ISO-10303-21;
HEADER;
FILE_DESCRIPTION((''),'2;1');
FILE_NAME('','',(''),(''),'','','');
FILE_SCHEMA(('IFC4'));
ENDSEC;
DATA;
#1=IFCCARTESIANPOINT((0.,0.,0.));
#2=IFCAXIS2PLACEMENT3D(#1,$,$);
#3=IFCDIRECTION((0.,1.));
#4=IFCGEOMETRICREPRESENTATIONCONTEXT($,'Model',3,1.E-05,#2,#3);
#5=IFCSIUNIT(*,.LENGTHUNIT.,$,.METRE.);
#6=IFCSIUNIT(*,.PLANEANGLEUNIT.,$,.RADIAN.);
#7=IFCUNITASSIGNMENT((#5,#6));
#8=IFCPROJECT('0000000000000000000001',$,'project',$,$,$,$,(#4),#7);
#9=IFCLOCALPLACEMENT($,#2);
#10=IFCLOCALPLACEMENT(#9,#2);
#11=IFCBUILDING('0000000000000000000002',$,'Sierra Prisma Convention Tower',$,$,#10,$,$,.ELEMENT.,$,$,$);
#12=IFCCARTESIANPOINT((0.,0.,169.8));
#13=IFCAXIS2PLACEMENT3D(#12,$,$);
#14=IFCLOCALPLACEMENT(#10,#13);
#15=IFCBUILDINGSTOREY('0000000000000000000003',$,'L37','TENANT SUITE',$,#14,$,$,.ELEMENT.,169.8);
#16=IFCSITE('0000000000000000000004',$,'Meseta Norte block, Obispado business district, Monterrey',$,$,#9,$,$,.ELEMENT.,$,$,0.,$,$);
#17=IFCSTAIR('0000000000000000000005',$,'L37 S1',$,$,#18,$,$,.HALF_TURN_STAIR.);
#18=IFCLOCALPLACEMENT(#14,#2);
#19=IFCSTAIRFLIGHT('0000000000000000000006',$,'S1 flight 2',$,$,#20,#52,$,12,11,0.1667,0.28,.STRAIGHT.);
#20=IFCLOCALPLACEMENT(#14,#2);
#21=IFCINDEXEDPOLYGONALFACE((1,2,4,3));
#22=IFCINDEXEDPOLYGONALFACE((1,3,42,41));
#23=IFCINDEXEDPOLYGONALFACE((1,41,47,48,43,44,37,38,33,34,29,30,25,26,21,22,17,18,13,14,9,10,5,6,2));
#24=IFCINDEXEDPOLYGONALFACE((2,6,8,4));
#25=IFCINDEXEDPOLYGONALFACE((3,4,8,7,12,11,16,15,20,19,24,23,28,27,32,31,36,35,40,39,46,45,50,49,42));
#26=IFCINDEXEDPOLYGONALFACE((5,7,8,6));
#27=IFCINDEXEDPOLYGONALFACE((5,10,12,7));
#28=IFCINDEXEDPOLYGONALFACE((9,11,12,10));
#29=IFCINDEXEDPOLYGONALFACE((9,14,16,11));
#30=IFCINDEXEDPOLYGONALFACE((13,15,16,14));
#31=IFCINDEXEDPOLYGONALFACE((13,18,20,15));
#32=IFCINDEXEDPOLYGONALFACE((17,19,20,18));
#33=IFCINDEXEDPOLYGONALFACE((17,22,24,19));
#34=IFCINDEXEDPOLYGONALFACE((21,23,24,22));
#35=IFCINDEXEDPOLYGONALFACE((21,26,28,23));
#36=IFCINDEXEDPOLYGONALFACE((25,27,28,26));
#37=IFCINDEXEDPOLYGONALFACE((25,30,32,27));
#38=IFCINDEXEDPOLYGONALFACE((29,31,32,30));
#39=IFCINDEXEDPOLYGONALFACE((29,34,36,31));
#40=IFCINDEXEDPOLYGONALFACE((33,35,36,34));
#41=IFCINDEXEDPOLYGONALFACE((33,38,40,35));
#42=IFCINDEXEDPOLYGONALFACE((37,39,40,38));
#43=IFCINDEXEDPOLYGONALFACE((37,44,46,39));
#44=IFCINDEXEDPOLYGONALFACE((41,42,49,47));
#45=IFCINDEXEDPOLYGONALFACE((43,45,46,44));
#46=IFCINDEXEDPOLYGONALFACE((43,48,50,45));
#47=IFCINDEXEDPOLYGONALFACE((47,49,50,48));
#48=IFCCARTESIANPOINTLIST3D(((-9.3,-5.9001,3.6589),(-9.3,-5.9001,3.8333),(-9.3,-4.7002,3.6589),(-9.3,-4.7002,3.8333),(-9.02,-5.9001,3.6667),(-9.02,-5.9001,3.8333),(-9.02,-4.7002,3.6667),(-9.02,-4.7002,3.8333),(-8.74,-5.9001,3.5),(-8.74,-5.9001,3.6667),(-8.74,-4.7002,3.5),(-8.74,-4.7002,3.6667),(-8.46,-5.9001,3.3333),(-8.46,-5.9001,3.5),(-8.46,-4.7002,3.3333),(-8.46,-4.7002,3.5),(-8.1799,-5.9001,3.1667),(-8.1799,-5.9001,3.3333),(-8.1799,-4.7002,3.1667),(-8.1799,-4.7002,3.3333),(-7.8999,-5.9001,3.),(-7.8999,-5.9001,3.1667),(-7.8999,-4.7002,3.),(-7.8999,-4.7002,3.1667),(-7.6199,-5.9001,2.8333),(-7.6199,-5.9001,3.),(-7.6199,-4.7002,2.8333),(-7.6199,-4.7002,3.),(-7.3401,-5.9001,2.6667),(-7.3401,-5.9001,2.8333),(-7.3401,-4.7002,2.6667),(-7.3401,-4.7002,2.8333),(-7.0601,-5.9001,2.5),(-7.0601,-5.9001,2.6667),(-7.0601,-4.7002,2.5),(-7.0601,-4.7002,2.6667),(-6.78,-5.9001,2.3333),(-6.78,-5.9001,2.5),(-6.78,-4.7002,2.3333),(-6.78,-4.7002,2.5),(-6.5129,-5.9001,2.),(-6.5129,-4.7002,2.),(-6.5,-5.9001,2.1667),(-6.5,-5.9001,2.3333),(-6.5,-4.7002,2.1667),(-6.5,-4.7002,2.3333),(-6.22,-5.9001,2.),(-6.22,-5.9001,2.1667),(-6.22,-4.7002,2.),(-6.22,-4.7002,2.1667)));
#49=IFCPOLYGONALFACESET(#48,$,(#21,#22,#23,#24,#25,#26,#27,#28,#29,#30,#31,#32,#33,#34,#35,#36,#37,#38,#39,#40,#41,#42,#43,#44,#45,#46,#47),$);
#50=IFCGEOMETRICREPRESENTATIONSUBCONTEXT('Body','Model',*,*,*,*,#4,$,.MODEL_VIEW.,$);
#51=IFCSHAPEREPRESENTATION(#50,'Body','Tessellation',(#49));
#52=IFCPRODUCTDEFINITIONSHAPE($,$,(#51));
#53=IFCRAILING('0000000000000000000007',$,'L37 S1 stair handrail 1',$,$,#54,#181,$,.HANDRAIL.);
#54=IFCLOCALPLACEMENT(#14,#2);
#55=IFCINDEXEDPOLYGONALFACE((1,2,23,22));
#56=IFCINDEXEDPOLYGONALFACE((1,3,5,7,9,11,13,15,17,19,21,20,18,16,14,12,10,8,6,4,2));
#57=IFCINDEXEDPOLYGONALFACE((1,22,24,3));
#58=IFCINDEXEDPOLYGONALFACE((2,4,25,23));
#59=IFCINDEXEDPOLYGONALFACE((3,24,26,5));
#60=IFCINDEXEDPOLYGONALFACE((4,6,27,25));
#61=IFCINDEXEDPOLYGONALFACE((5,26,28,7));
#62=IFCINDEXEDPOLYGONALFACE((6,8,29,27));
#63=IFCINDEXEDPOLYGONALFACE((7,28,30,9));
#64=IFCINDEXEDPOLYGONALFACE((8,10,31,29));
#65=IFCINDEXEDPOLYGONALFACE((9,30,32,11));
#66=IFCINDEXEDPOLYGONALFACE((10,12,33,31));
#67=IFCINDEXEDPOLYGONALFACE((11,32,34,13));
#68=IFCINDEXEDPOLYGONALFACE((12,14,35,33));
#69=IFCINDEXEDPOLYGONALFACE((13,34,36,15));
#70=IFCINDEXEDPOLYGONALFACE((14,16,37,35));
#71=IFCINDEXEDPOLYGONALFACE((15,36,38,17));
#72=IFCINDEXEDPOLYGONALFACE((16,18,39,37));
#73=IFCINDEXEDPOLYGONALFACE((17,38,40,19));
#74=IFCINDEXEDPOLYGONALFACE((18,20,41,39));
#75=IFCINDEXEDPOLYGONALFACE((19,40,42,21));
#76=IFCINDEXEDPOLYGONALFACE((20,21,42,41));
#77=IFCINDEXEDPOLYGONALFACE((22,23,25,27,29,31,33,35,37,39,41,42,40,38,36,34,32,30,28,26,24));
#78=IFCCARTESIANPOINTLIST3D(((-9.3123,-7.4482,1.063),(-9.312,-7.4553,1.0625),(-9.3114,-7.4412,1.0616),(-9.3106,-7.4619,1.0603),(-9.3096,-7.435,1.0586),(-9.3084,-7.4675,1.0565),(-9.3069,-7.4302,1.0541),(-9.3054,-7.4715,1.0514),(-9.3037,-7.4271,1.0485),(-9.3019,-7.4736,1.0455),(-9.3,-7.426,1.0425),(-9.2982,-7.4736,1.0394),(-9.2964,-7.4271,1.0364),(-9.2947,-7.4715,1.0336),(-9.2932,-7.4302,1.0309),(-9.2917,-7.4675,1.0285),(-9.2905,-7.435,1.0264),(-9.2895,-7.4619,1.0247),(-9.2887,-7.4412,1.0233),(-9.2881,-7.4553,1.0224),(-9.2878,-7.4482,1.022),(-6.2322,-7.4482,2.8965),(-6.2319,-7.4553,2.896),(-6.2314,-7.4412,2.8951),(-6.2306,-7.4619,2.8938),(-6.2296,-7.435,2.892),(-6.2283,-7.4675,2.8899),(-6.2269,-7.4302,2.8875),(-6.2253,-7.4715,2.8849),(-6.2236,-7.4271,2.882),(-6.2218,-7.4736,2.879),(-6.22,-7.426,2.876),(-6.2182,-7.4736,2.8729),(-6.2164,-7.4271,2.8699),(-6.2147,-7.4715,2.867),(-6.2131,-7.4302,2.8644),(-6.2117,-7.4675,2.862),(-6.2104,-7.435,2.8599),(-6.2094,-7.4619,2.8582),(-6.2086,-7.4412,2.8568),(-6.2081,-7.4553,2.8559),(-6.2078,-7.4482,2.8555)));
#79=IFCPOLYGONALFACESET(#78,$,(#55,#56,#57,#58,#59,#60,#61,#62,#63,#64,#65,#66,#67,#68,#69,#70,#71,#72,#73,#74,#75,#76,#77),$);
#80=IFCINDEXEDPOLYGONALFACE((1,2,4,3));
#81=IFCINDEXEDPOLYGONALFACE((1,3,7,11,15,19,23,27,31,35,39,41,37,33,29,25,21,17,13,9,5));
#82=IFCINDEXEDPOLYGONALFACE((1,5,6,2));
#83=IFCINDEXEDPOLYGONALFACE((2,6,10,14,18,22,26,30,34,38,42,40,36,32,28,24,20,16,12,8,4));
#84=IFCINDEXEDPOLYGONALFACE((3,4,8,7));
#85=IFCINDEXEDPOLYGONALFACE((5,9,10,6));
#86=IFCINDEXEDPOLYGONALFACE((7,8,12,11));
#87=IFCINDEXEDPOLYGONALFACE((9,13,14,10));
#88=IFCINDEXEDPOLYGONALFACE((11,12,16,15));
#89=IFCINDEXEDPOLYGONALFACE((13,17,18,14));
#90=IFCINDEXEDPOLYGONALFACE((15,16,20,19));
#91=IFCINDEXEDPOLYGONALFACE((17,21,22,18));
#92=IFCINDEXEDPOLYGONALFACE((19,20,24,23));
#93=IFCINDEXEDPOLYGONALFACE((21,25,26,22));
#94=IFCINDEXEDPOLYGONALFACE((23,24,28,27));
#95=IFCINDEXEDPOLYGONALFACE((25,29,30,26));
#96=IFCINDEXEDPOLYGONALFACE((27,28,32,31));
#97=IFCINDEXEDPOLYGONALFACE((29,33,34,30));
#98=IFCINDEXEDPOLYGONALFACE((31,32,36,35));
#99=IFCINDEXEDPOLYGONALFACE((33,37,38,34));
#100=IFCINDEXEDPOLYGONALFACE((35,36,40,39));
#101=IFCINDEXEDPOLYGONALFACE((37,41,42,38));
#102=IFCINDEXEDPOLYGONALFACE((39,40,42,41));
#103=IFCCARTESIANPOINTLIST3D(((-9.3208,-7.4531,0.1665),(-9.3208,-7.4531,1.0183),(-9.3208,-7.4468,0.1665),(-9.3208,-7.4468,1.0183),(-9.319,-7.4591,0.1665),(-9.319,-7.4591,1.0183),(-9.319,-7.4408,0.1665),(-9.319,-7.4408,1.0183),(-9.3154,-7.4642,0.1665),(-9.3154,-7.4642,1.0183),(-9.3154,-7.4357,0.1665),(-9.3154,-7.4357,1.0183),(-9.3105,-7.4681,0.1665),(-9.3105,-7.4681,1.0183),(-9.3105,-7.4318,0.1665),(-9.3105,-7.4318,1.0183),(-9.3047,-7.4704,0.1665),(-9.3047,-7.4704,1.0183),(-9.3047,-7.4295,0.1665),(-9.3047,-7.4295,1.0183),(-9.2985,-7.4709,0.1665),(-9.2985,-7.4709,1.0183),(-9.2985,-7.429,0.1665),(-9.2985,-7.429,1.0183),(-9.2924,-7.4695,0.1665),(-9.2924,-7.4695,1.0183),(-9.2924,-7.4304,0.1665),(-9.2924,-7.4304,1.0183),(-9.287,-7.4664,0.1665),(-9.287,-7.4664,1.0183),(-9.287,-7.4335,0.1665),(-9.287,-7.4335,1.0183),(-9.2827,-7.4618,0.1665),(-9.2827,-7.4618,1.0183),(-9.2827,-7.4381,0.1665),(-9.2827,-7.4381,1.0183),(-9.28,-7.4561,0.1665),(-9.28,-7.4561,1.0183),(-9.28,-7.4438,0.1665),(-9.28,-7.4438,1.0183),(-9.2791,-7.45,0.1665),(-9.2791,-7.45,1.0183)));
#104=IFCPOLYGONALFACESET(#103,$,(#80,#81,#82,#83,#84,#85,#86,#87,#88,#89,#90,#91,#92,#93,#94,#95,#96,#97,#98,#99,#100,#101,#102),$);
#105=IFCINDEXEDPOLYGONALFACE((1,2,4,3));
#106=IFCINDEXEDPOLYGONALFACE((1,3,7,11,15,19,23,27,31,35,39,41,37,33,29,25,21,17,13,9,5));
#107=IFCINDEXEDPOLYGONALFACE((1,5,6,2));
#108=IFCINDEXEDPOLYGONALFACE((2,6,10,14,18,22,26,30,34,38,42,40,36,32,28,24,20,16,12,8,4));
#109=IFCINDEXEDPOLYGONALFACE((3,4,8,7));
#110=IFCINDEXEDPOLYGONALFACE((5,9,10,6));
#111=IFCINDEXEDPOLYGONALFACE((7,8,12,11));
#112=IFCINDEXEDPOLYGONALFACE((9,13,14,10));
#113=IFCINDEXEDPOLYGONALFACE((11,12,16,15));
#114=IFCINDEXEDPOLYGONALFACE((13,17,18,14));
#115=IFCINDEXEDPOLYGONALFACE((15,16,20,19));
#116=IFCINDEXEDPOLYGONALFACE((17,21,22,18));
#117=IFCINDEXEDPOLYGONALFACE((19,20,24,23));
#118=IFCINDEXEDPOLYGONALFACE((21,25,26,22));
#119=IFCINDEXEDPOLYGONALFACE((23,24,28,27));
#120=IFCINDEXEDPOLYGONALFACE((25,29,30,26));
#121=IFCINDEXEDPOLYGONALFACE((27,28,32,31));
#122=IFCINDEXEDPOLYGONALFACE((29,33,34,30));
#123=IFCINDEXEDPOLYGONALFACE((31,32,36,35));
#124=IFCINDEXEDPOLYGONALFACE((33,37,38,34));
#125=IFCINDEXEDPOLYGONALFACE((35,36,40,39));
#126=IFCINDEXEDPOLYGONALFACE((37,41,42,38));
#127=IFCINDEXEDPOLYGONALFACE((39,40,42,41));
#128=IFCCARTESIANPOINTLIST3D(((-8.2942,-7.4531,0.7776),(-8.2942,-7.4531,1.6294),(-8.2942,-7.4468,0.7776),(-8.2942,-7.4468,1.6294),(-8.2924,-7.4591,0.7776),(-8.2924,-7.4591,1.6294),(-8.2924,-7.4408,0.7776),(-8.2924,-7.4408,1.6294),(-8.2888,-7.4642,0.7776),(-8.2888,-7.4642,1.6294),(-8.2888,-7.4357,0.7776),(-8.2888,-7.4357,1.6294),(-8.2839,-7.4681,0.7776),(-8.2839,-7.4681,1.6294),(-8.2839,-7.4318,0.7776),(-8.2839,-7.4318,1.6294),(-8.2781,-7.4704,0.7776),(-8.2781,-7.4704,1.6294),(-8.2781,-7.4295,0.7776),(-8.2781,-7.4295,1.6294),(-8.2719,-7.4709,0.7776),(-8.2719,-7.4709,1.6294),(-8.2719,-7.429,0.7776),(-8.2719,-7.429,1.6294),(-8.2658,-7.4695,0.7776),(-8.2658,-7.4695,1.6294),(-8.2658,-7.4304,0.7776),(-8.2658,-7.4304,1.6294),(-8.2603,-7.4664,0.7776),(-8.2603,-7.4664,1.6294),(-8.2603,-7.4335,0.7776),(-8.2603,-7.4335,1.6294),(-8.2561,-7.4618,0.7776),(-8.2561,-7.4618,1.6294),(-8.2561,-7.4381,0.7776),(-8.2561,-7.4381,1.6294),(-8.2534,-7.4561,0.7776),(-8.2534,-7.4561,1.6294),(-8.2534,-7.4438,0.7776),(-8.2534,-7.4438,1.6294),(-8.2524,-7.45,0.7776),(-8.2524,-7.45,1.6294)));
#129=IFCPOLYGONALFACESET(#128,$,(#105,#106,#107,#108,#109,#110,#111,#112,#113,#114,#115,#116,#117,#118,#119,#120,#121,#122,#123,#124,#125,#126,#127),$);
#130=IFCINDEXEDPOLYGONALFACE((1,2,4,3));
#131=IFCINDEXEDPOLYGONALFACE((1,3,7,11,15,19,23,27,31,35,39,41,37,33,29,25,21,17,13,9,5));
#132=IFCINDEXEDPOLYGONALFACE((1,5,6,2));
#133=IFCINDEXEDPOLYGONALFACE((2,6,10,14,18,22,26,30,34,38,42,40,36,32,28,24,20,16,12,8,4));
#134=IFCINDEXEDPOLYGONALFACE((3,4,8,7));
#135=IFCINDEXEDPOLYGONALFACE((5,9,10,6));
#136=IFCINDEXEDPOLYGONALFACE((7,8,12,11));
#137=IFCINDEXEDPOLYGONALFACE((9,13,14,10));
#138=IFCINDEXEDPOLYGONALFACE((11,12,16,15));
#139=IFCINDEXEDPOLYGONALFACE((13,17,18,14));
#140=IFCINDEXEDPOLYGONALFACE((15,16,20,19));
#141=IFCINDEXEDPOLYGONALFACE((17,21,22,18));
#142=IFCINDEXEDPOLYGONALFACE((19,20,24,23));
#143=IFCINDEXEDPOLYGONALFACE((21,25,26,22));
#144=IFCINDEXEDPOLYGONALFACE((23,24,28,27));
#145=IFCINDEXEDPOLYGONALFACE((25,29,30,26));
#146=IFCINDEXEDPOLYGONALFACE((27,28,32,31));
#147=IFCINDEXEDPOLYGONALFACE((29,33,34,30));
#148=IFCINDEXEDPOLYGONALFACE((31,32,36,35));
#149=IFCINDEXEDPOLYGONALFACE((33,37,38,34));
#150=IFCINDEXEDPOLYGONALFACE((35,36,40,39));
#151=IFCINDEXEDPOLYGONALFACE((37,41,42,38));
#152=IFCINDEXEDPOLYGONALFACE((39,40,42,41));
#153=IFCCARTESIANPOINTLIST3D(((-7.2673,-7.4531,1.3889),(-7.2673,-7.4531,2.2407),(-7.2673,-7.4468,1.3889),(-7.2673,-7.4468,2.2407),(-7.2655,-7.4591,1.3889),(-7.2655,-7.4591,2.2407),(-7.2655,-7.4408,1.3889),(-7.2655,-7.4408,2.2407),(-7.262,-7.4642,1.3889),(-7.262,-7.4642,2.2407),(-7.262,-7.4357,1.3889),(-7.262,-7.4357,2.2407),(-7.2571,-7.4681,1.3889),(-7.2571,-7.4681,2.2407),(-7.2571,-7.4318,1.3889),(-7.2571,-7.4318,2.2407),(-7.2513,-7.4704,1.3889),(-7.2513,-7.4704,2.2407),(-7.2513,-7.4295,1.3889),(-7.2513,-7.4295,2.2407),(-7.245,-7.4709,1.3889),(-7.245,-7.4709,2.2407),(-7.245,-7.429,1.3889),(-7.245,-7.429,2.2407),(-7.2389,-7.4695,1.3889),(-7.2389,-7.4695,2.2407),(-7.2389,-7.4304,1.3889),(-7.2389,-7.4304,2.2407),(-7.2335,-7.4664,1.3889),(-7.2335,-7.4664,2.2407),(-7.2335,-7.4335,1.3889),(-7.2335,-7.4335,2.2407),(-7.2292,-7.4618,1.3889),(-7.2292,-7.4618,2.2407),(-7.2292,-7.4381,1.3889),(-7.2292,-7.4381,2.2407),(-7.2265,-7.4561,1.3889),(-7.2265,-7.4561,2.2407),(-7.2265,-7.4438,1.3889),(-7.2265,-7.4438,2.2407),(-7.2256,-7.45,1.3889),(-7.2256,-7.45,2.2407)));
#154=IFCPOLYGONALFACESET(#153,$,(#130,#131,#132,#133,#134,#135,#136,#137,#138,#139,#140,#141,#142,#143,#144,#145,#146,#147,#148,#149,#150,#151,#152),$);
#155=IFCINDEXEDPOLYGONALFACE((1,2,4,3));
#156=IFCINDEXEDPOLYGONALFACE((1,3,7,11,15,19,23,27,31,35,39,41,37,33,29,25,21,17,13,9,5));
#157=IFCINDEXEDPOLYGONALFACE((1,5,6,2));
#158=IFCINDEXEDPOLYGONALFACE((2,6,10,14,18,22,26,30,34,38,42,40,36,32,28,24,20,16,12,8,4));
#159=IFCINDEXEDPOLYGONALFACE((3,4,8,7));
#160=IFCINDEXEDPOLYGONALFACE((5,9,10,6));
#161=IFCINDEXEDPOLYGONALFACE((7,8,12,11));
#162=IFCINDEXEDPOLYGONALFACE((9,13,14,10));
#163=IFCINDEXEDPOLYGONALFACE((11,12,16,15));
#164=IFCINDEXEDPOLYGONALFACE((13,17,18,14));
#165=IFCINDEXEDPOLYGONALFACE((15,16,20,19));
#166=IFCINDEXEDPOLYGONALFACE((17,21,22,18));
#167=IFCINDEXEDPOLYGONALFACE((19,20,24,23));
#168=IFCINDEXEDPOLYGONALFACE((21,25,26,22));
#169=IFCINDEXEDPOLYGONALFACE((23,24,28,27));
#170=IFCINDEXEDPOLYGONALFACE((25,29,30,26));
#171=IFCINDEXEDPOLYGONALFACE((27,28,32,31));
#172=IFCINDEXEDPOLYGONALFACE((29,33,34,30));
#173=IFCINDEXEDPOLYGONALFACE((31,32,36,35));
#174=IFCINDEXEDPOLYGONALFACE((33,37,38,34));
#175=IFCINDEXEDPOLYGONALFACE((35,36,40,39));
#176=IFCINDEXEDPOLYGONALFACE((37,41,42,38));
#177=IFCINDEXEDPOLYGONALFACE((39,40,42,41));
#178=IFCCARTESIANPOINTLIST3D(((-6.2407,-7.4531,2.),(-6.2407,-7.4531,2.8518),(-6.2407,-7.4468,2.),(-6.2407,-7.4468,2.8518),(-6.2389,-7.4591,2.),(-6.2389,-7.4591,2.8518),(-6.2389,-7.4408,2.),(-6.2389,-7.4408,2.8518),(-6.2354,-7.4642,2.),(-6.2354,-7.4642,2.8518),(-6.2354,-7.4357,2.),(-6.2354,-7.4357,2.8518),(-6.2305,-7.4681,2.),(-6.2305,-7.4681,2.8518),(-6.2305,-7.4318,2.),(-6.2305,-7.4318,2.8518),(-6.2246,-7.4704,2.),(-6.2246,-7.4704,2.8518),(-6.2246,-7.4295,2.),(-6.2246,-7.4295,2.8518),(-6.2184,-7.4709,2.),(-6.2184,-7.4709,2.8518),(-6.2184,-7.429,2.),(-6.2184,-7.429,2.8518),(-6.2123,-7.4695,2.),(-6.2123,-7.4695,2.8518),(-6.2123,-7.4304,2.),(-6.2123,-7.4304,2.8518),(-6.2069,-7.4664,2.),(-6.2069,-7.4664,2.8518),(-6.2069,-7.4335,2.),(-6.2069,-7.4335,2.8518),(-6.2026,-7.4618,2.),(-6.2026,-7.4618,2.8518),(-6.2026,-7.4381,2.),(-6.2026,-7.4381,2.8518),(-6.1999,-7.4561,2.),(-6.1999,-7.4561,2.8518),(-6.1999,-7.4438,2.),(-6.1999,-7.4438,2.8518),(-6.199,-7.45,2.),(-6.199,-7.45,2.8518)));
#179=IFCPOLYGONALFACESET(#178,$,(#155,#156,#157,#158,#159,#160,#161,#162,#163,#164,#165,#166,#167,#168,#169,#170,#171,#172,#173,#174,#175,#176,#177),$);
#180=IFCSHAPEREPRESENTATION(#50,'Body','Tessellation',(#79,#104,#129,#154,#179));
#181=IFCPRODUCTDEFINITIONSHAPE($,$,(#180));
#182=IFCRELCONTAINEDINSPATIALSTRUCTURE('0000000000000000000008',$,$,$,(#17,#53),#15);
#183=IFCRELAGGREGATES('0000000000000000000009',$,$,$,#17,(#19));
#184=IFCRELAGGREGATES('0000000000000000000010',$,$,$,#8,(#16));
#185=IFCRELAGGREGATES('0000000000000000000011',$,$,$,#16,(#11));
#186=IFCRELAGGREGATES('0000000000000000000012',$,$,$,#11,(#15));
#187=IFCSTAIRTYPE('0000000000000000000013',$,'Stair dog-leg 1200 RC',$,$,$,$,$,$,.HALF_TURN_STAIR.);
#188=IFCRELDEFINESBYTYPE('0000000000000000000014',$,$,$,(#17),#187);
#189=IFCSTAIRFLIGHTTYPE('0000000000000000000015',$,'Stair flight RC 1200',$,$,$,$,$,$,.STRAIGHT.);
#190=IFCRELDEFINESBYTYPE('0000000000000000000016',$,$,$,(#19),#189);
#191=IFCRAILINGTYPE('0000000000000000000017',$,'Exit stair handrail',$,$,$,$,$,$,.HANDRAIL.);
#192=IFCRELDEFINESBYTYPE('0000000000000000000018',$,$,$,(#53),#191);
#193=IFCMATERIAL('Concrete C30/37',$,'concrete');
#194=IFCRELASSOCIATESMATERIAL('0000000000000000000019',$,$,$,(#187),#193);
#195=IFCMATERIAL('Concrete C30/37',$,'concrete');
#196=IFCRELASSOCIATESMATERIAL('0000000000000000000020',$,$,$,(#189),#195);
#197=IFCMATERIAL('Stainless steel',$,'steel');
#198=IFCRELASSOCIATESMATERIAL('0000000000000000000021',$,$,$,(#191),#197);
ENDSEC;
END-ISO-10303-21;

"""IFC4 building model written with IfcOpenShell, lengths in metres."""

from ifc_helpers import new_model, si_unit, direction, frame, origin, origin_2d, place, context, subcontext, project, spatial, polyline, circle, outline, extrude, material, type_object, element, aggregate, save


model = new_model("IFC4")

# Units and contexts
model_context = context("Model", 3, precision=1e-05, world=origin(), true_north=direction((0.0, 1.0)))
body_context = subcontext(model_context, "Body", "Model", "MODEL_VIEW")
ifc_project = project(units=[si_unit("LENGTHUNIT", "METRE"), si_unit("PLANEANGLEUNIT", "RADIAN")], contexts=[model_context])

# Site, building, storey
site_placement = place(None, origin())
site = spatial("IfcSite", under=ifc_project, at=site_placement, Name="Meseta Norte block, Obispado business district, Monterrey", CompositionType="ELEMENT", RefElevation=0.0)
building_placement = place(site_placement, origin())
building = spatial("IfcBuilding", under=site, at=building_placement, Name="Sierra Prisma Convention Tower", CompositionType="ELEMENT")
storey_placement = place(building_placement, frame((0.0, 0.0, 169.8)))
storey = spatial("IfcBuildingStorey", under=building, at=storey_placement, Name="L37", Description="TENANT SUITE", CompositionType="ELEMENT", Elevation=169.8)

# Stair, stair flight
ifc_material_1 = material(Name="Concrete C30/37", Category="concrete")
stair_type = type_object("IfcStairType", Name="Stair dog-leg 1200 RC", PredefinedType="HALF_TURN_STAIR", material=ifc_material_1)
stair_placement = place(storey_placement, origin())
stair = element("IfcStair", 1, at=stair_placement, inside=storey, type_object=stair_type, Name="L37 S1", PredefinedType="HALF_TURN_STAIR")
ifc_material_2 = material(Name="Concrete C30/37", Category="concrete")
stair_flight_type = type_object("IfcStairFlightType", Name="Stair flight RC 1200", PredefinedType="STRAIGHT", material=ifc_material_2)
stair_flight_1_placement = place(storey_placement, frame((-6.22, -5.3, 2.0), z_axis=(0.0, 0.0, 1.0), x_axis=(-1.0, 0.0, 0.0)))
stair_flight_1 = element("IfcStairFlight", 2, at=stair_flight_1_placement, type_object=stair_flight_type, Name="S1 flight 2", NumberOfRisers=12, NumberOfTreads=11, PredefinedType="STRAIGHT", RiserHeight=0.1667, TreadLength=0.28, context=body_context, shape_type="SweptSolid", body=[
    extrude(outline(polyline([(0.0, 0.0), (0.0, 0.1667), (0.28, 0.1667), (0.28, 0.3333), (0.5601, 0.3333), (0.5601, 0.5), (0.8401, 0.5), (0.8401, 0.6667), (1.1201, 0.6667), (1.1201, 0.8333), (1.3999, 0.8333), (1.3999, 1.0), (1.6799, 1.0), (1.6799, 1.1667), (1.96, 1.1667), (1.96, 1.3333), (2.24, 1.3333), (2.24, 1.5), (2.52, 1.5), (2.52, 1.6667), (2.8, 1.6667), (2.8, 1.8333), (3.0801, 1.8333), (3.0801, 2.0), (3.0801, 1.6589), (0.293, 0.0), (0.0, 0.0)])), frame((0.0, 0.6001, 0.0), z_axis=(0.0, -1.0, 0.0), x_axis=(1.0, 0.0, 0.0)), (0.0, 0.0, 1.0), 1.2),
])
aggregate(stair, [stair_flight_1])

# Railing
ifc_material_3 = material(Name="Stainless steel", Category="steel")
railing_type_1 = type_object("IfcRailingType", Name="Exit stair handrail", PredefinedType="HANDRAIL", material=ifc_material_3)
railing_1_placement = place(storey_placement, frame((-9.3, -7.45, 0.1665)))
element("IfcRailing", 3, at=railing_1_placement, inside=storey, type_object=railing_type_1, Name="L37 S1 stair handrail 1", PredefinedType="HANDRAIL", context=body_context, shape_type="SweptSolid", body=[
    extrude(circle(Radius=0.0239, at=origin_2d()), frame((0.0, 0.0, 0.876), z_axis=(0.859279, 0.0, 0.511508), x_axis=(0.0, 1.0, 0.0)), (0.0, 0.0, 1.0), 3.5845),
    extrude(circle(Radius=0.021, at=origin_2d()), origin(), (0.0, 0.0, 1.0), 0.8518),
    extrude(circle(Radius=0.021, at=origin_2d()), frame((1.0266, 0.0, 0.6111)), (0.0, 0.0, 1.0), 0.8518),
    extrude(circle(Radius=0.021, at=origin_2d()), frame((2.0535, 0.0, 1.2224)), (0.0, 0.0, 1.0), 0.8518),
    extrude(circle(Radius=0.021, at=origin_2d()), frame((3.0801, 0.0, 1.8335)), (0.0, 0.0, 1.0), 0.8518),
])

save(model, "model.ifc")
